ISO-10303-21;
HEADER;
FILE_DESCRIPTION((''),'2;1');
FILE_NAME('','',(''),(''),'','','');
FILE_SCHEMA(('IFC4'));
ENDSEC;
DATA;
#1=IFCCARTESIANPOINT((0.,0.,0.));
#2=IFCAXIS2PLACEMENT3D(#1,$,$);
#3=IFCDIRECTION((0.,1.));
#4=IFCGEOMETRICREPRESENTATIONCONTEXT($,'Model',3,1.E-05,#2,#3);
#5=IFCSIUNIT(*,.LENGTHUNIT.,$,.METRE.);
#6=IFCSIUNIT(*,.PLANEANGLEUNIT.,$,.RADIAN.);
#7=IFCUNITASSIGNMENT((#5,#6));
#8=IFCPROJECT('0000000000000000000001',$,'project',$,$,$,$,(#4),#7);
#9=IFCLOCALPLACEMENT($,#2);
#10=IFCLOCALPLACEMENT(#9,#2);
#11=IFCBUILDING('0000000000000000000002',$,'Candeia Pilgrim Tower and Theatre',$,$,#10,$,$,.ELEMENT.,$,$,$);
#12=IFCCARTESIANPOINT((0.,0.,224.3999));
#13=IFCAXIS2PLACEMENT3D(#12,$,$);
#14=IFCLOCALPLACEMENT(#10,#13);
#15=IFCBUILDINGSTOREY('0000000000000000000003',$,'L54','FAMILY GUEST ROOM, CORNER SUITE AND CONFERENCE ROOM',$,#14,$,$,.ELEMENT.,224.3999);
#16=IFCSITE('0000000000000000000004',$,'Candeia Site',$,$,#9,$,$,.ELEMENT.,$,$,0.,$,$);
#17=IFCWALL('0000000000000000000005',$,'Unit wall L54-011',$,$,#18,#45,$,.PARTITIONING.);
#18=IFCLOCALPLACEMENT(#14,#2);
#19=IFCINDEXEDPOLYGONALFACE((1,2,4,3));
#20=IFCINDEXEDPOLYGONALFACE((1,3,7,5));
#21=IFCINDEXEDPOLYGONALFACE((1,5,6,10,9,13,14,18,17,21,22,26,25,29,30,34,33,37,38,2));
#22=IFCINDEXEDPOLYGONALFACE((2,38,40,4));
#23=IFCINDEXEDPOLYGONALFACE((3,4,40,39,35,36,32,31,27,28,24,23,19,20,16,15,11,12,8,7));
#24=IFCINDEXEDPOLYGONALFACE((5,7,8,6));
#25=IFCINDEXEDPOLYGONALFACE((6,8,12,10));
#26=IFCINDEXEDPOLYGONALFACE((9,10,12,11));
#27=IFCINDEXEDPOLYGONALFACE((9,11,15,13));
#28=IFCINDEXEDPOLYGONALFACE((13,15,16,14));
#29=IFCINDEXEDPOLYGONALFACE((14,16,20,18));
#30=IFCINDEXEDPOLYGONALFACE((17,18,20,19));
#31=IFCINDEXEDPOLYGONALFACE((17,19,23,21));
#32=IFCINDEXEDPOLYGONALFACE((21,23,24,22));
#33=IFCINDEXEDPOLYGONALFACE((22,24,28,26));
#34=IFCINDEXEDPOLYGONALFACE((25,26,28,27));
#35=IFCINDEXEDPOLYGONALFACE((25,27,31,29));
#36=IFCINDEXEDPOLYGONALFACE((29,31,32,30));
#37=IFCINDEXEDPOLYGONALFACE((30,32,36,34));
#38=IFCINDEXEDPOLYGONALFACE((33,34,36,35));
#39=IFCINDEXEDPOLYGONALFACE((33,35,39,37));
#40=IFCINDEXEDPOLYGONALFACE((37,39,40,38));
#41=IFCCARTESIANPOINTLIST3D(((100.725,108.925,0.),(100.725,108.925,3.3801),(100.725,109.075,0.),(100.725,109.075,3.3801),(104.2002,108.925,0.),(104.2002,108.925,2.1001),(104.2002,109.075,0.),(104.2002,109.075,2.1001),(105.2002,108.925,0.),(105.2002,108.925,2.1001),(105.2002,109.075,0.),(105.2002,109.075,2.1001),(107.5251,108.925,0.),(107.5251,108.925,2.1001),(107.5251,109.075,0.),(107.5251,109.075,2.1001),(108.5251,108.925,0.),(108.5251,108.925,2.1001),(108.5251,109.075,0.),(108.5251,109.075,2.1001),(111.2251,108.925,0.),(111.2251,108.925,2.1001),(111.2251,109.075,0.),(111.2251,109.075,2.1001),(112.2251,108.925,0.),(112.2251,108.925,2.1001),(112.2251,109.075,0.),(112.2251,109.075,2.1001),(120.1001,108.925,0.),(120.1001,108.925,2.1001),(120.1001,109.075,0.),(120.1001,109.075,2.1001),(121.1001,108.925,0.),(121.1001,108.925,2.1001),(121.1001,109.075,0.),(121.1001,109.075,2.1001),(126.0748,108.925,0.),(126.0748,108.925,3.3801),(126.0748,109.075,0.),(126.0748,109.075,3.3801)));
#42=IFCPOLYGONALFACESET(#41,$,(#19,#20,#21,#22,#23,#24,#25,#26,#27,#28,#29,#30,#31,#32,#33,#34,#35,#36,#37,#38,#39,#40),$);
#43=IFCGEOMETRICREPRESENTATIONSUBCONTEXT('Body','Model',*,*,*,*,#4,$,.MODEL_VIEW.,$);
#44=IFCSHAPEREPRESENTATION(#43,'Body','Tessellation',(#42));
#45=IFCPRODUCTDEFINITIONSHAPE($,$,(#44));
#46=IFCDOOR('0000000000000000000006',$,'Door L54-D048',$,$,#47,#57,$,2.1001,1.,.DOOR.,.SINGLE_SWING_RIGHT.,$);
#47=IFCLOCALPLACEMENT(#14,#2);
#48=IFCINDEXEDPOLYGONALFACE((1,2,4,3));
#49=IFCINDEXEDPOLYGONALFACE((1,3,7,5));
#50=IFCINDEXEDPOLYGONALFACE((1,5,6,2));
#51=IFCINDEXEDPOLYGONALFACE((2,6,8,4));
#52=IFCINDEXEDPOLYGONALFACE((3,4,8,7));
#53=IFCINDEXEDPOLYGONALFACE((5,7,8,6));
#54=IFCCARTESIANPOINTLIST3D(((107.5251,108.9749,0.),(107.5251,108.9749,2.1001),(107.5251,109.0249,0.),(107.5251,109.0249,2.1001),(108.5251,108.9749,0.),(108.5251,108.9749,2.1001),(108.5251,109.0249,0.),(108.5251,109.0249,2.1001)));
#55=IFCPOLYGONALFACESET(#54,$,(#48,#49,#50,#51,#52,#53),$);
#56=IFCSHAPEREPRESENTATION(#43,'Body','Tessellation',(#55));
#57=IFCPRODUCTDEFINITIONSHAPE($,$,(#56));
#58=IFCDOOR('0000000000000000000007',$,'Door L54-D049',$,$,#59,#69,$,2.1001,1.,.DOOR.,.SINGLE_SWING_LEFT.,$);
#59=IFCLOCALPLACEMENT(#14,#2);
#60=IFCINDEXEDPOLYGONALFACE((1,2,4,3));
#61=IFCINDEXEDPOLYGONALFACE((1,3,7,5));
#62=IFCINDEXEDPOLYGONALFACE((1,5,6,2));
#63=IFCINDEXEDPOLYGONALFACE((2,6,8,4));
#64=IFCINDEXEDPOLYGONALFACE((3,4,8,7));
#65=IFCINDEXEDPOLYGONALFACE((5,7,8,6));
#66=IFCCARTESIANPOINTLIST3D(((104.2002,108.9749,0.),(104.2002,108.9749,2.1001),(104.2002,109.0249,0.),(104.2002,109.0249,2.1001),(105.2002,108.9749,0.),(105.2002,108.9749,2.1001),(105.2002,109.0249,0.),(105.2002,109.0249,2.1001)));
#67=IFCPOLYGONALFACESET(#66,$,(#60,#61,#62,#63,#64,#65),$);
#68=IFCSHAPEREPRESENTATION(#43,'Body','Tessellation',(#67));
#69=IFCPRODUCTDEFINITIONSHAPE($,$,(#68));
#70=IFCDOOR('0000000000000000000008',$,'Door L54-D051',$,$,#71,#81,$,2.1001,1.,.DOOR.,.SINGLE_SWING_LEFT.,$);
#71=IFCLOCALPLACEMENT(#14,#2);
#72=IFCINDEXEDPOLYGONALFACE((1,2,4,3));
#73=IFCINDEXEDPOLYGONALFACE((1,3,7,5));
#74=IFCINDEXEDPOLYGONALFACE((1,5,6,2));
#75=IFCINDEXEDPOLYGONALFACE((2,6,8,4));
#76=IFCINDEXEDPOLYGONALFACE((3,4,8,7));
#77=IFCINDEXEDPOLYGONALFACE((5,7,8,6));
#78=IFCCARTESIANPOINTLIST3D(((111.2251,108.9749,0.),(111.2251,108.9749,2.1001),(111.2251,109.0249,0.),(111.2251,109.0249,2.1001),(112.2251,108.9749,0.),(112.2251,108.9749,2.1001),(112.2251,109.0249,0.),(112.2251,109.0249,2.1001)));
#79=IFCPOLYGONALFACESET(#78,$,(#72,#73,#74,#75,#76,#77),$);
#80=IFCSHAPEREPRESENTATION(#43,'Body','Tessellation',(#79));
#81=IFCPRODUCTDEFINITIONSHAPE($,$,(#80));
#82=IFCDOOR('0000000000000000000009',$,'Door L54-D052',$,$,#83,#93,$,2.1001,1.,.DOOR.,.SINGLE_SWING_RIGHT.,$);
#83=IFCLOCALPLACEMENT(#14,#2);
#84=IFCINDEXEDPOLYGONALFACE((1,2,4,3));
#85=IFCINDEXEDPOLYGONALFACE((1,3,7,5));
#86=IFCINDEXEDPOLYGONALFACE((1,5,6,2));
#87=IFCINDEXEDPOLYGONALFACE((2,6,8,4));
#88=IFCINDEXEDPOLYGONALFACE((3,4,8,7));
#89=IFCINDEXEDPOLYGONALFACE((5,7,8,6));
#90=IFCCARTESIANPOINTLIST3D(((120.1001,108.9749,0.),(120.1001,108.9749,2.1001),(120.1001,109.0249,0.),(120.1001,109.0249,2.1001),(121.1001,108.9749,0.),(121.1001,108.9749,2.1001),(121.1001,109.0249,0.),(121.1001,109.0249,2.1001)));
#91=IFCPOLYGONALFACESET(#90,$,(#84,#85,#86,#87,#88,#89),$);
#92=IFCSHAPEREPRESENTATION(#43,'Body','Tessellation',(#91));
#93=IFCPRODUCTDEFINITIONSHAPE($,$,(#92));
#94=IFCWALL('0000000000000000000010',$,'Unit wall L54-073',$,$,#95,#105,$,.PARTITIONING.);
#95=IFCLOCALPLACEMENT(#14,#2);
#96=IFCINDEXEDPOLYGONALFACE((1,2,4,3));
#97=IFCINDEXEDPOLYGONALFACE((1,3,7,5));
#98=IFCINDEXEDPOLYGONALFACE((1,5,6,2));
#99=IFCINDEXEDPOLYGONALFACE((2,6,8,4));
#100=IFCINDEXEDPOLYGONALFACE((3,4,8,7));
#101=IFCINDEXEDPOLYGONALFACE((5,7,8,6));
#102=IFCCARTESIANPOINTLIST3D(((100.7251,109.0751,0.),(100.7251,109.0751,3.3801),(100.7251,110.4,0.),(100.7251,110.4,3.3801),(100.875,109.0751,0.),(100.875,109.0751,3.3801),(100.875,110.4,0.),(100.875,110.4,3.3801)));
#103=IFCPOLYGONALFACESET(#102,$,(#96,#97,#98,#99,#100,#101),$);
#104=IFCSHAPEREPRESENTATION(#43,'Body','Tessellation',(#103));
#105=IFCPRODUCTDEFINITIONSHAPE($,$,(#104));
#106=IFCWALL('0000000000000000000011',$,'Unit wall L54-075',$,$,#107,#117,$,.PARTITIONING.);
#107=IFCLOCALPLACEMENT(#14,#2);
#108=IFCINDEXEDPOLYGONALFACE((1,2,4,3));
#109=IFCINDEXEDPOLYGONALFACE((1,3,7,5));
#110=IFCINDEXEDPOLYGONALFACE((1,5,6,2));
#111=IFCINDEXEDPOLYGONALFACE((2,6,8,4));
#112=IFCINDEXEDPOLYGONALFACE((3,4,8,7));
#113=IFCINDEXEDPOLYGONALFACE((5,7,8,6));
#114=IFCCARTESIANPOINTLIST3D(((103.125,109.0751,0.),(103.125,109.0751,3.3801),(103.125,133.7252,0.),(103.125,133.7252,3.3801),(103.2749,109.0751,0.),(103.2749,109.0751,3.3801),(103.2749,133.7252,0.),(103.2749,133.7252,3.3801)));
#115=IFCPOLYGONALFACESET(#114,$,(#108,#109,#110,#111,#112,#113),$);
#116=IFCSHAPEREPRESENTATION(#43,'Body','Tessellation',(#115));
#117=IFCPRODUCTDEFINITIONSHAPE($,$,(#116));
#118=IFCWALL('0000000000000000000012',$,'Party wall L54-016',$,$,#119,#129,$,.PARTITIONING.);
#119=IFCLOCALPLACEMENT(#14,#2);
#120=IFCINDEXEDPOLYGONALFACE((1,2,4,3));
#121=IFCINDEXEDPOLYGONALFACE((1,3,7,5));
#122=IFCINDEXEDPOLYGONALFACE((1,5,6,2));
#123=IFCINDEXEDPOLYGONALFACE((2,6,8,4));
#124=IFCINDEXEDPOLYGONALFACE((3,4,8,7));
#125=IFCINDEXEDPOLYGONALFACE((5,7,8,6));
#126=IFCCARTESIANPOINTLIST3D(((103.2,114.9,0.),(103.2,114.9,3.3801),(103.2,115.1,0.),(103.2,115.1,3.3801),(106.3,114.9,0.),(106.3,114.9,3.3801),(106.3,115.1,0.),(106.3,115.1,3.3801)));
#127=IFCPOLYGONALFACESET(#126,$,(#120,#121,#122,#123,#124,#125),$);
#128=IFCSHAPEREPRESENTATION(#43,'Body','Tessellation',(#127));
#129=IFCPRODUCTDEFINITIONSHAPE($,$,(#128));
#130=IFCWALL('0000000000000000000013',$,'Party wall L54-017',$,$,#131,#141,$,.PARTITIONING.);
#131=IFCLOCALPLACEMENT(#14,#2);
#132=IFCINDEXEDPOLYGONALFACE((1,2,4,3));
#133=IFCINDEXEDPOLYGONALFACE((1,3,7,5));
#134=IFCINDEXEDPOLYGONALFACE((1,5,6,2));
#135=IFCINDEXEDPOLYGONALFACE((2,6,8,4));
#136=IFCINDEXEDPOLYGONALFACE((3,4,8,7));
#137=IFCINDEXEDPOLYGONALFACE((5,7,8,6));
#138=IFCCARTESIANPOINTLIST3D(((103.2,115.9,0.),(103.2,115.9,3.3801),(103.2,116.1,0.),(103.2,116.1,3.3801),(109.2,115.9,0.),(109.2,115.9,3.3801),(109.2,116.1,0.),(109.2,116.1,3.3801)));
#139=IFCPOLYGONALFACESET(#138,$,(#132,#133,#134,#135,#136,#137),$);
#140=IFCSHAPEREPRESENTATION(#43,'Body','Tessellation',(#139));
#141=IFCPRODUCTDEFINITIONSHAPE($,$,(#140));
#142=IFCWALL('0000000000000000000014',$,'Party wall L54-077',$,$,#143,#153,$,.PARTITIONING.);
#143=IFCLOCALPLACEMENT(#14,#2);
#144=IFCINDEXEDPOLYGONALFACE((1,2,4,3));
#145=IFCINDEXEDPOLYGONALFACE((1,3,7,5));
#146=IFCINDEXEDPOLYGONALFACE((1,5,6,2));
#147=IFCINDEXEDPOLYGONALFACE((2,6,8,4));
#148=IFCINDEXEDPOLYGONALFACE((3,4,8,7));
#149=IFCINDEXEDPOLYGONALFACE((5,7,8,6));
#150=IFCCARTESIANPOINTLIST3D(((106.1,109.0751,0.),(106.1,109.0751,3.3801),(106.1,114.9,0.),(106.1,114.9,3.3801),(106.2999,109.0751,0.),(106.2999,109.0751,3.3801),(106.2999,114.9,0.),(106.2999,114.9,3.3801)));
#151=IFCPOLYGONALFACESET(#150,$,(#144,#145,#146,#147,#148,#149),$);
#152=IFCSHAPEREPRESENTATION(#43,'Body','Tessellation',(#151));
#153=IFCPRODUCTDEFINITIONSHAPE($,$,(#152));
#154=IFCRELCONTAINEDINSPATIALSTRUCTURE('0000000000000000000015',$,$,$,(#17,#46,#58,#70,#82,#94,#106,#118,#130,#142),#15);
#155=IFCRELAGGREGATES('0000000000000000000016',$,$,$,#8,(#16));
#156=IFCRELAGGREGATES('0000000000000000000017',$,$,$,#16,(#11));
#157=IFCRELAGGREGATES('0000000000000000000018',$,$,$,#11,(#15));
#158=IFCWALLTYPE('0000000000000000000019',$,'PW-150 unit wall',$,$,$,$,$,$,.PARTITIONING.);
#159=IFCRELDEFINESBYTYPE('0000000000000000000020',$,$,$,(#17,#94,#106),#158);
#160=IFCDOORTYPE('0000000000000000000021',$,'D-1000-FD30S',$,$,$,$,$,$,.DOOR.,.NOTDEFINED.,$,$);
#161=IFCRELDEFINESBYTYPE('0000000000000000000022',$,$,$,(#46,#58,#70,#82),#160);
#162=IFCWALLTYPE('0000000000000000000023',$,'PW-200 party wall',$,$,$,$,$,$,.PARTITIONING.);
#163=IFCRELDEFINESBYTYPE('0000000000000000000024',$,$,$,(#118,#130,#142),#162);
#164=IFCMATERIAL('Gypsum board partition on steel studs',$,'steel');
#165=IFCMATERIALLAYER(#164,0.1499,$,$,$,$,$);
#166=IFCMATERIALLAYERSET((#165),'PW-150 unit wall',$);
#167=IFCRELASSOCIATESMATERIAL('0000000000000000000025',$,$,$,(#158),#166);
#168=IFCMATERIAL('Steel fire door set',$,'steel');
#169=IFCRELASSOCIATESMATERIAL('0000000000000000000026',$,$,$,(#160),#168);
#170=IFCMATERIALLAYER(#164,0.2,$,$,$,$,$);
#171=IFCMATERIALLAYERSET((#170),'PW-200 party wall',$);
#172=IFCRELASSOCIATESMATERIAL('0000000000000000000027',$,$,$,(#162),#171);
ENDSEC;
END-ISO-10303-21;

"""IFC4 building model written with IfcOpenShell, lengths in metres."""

from ifc_helpers import new_model, si_unit, direction, frame, frame_2d, origin, place, context, subcontext, project, spatial, rectangle, extrude, material, layer, layer_set, type_object, element, fill, save


model = new_model("IFC4")

# Units and contexts
model_context = context("Model", 3, precision=1e-05, world=origin(), true_north=direction((0.0, 1.0)))
body_context = subcontext(model_context, "Body", "Model", "MODEL_VIEW")
ifc_project = project(units=[si_unit("LENGTHUNIT", "METRE"), si_unit("PLANEANGLEUNIT", "RADIAN")], contexts=[model_context])

# Site, building, storey
site_placement = place(None, origin())
site = spatial("IfcSite", under=ifc_project, at=site_placement, Name="Candeia Site", CompositionType="ELEMENT", RefElevation=0.0)
building_placement = place(site_placement, origin())
building = spatial("IfcBuilding", under=site, at=building_placement, Name="Candeia Pilgrim Tower and Theatre", CompositionType="ELEMENT")
storey_placement = place(building_placement, frame((0.0, 0.0, 224.3999)))
storey = spatial("IfcBuildingStorey", under=building, at=storey_placement, Name="L54", Description="FAMILY GUEST ROOM, CORNER SUITE AND CONFERENCE ROOM", CompositionType="ELEMENT", Elevation=224.3999)

# Shared definitions
ifc_material_1 = material(Name="Steel fire door set", Category="steel")

# Shared definitions
ifc_material_2 = material(Name="Gypsum board partition on steel studs", Category="steel")

# Wall, openings, doors
ifc_layer_1 = layer(ifc_material_2, 0.1499)
ifc_layer_set_1 = layer_set([ifc_layer_1], Name="PW-150 unit wall")
wall_type_1 = type_object("IfcWallType", Name="PW-150 unit wall", PredefinedType="PARTITIONING", material=ifc_layer_set_1)
wall_1_placement = place(storey_placement, frame((100.7251, 109.0, 0.0), z_axis=(0.0, 0.0, 1.0), x_axis=(1.0, 0.0, 0.0)))
wall_1 = element("IfcWall", 1, at=wall_1_placement, inside=storey, type_object=wall_type_1, Name="Unit wall L54-011", PredefinedType="PARTITIONING", context=body_context, shape_type="SweptSolid", body=[
    extrude(rectangle(XDim=25.3499, YDim=0.1499, at=frame_2d((12.6748, 0.0))), origin(), (0.0, 0.0, 1.0), 3.3801),
])
opening_1_placement = place(wall_1_placement, frame((6.8, 0.0, 0.0)))
opening_1 = element("IfcOpeningElement", 2, at=opening_1_placement, cuts=wall_1, PredefinedType="OPENING", context=body_context, shape_type="SweptSolid", body=[
    extrude(rectangle(XDim=1.0, YDim=2.1001, at=frame_2d((0.5, 1.05))), frame((0.0, 0.085, 0.0), z_axis=(0.0, -1.0, 0.0), x_axis=(1.0, 0.0, 0.0)), (0.0, 0.0, 1.0), 0.1699),
])
opening_2_placement = place(wall_1_placement, frame((3.4751, 0.0, 0.0)))
opening_2 = element("IfcOpeningElement", 3, at=opening_2_placement, cuts=wall_1, PredefinedType="OPENING", context=body_context, shape_type="SweptSolid", body=[
    extrude(rectangle(XDim=1.0, YDim=2.1001, at=frame_2d((0.5, 1.05))), frame((0.0, 0.085, 0.0), z_axis=(0.0, -1.0, 0.0), x_axis=(1.0, 0.0, 0.0)), (0.0, 0.0, 1.0), 0.1699),
])
opening_3_placement = place(wall_1_placement, frame((10.5, 0.0, 0.0)))
opening_3 = element("IfcOpeningElement", 4, at=opening_3_placement, cuts=wall_1, PredefinedType="OPENING", context=body_context, shape_type="SweptSolid", body=[
    extrude(rectangle(XDim=1.0, YDim=2.1001, at=frame_2d((0.5, 1.05))), frame((0.0, 0.085, 0.0), z_axis=(0.0, -1.0, 0.0), x_axis=(1.0, 0.0, 0.0)), (0.0, 0.0, 1.0), 0.1699),
])
opening_4_placement = place(wall_1_placement, frame((19.375, 0.0, 0.0)))
opening_4 = element("IfcOpeningElement", 5, at=opening_4_placement, cuts=wall_1, PredefinedType="OPENING", context=body_context, shape_type="SweptSolid", body=[
    extrude(rectangle(XDim=1.0, YDim=2.1001, at=frame_2d((0.5, 1.05))), frame((0.0, 0.085, 0.0), z_axis=(0.0, -1.0, 0.0), x_axis=(1.0, 0.0, 0.0)), (0.0, 0.0, 1.0), 0.1699),
])
door_type_1 = type_object("IfcDoorType", Name="D-1000-FD30S", OperationType="NOTDEFINED", PredefinedType="DOOR", material=ifc_material_1)
door_1_placement = place(opening_1_placement, origin())
door_1 = element("IfcDoor", 6, at=door_1_placement, inside=storey, type_object=door_type_1, Name="Door L54-D048", OperationType="SINGLE_SWING_RIGHT", OverallHeight=2.1001, OverallWidth=1.0, PredefinedType="DOOR", context=body_context, shape_type="SweptSolid", body=[
    extrude(rectangle(XDim=1.0, YDim=2.1001, at=frame_2d((0.5, 1.05))), frame((0.0, 0.0249, 0.0), z_axis=(0.0, -1.0, 0.0), x_axis=(1.0, 0.0, 0.0)), (0.0, 0.0, 1.0), 0.05),
])
fill(opening_1, door_1)
door_2_placement = place(opening_2_placement, origin())
door_2 = element("IfcDoor", 7, at=door_2_placement, inside=storey, type_object=door_type_1, Name="Door L54-D049", OperationType="SINGLE_SWING_LEFT", OverallHeight=2.1001, OverallWidth=1.0, PredefinedType="DOOR", context=body_context, shape_type="SweptSolid", body=[
    extrude(rectangle(XDim=1.0, YDim=2.1001, at=frame_2d((0.5, 1.05))), frame((0.0, 0.0249, 0.0), z_axis=(0.0, -1.0, 0.0), x_axis=(1.0, 0.0, 0.0)), (0.0, 0.0, 1.0), 0.05),
])
fill(opening_2, door_2)
door_3_placement = place(opening_3_placement, origin())
door_3 = element("IfcDoor", 8, at=door_3_placement, inside=storey, type_object=door_type_1, Name="Door L54-D051", OperationType="SINGLE_SWING_LEFT", OverallHeight=2.1001, OverallWidth=1.0, PredefinedType="DOOR", context=body_context, shape_type="SweptSolid", body=[
    extrude(rectangle(XDim=1.0, YDim=2.1001, at=frame_2d((0.5, 1.05))), frame((0.0, 0.0249, 0.0), z_axis=(0.0, -1.0, 0.0), x_axis=(1.0, 0.0, 0.0)), (0.0, 0.0, 1.0), 0.05),
])
fill(opening_3, door_3)
door_4_placement = place(opening_4_placement, origin())
door_4 = element("IfcDoor", 9, at=door_4_placement, inside=storey, type_object=door_type_1, Name="Door L54-D052", OperationType="SINGLE_SWING_RIGHT", OverallHeight=2.1001, OverallWidth=1.0, PredefinedType="DOOR", context=body_context, shape_type="SweptSolid", body=[
    extrude(rectangle(XDim=1.0, YDim=2.1001, at=frame_2d((0.5, 1.05))), frame((0.0, 0.0249, 0.0), z_axis=(0.0, -1.0, 0.0), x_axis=(1.0, 0.0, 0.0)), (0.0, 0.0, 1.0), 0.05),
])
fill(opening_4, door_4)

# Walls
wall_2_placement = place(storey_placement, frame((100.8, 109.075, 0.0), z_axis=(0.0, 0.0, 1.0), x_axis=(0.0, 1.0, 0.0)))
element("IfcWall", 10, at=wall_2_placement, inside=storey, type_object=wall_type_1, Name="Unit wall L54-073", PredefinedType="PARTITIONING", context=body_context, shape_type="SweptSolid", body=[
    extrude(rectangle(XDim=1.325, YDim=0.1499, at=frame_2d((0.6626, 0.0))), origin(), (0.0, 0.0, 1.0), 3.3801),
])
wall_3_placement = place(storey_placement, frame((103.2, 109.075, 0.0), z_axis=(0.0, 0.0, 1.0), x_axis=(0.0, 1.0, 0.0)))
element("IfcWall", 11, at=wall_3_placement, inside=storey, type_object=wall_type_1, Name="Unit wall L54-075", PredefinedType="PARTITIONING", context=body_context, shape_type="SweptSolid", body=[
    extrude(rectangle(XDim=24.6501, YDim=0.1499, at=frame_2d((12.3252, 0.0))), origin(), (0.0, 0.0, 1.0), 3.3801),
])
ifc_layer_2 = layer(ifc_material_2, 0.2)
ifc_layer_set_2 = layer_set([ifc_layer_2], Name="PW-200 party wall")
wall_type_2 = type_object("IfcWallType", Name="PW-200 party wall", PredefinedType="PARTITIONING", material=ifc_layer_set_2)
wall_4_placement = place(storey_placement, frame((103.2, 115.0, 0.0), z_axis=(0.0, 0.0, 1.0), x_axis=(1.0, 0.0, 0.0)))
element("IfcWall", 12, at=wall_4_placement, inside=storey, type_object=wall_type_2, Name="Party wall L54-016", PredefinedType="PARTITIONING", context=body_context, shape_type="SweptSolid", body=[
    extrude(rectangle(XDim=3.1001, YDim=0.2, at=frame_2d((1.55, 0.0))), origin(), (0.0, 0.0, 1.0), 3.3801),
])
wall_5_placement = place(storey_placement, frame((103.2, 116.0, 0.0), z_axis=(0.0, 0.0, 1.0), x_axis=(1.0, 0.0, 0.0)))
element("IfcWall", 13, at=wall_5_placement, inside=storey, type_object=wall_type_2, Name="Party wall L54-017", PredefinedType="PARTITIONING", context=body_context, shape_type="SweptSolid", body=[
    extrude(rectangle(XDim=6.0, YDim=0.2, at=frame_2d((3.0, 0.0))), origin(), (0.0, 0.0, 1.0), 3.3801),
])
wall_6_placement = place(storey_placement, frame((106.2, 109.075, 0.0), z_axis=(0.0, 0.0, 1.0), x_axis=(0.0, 1.0, 0.0)))
element("IfcWall", 14, at=wall_6_placement, inside=storey, type_object=wall_type_2, Name="Party wall L54-077", PredefinedType="PARTITIONING", context=body_context, shape_type="SweptSolid", body=[
    extrude(rectangle(XDim=5.825, YDim=0.2, at=frame_2d((2.9126, 0.0))), origin(), (0.0, 0.0, 1.0), 3.3801),
])

save(model, "model.ifc")
